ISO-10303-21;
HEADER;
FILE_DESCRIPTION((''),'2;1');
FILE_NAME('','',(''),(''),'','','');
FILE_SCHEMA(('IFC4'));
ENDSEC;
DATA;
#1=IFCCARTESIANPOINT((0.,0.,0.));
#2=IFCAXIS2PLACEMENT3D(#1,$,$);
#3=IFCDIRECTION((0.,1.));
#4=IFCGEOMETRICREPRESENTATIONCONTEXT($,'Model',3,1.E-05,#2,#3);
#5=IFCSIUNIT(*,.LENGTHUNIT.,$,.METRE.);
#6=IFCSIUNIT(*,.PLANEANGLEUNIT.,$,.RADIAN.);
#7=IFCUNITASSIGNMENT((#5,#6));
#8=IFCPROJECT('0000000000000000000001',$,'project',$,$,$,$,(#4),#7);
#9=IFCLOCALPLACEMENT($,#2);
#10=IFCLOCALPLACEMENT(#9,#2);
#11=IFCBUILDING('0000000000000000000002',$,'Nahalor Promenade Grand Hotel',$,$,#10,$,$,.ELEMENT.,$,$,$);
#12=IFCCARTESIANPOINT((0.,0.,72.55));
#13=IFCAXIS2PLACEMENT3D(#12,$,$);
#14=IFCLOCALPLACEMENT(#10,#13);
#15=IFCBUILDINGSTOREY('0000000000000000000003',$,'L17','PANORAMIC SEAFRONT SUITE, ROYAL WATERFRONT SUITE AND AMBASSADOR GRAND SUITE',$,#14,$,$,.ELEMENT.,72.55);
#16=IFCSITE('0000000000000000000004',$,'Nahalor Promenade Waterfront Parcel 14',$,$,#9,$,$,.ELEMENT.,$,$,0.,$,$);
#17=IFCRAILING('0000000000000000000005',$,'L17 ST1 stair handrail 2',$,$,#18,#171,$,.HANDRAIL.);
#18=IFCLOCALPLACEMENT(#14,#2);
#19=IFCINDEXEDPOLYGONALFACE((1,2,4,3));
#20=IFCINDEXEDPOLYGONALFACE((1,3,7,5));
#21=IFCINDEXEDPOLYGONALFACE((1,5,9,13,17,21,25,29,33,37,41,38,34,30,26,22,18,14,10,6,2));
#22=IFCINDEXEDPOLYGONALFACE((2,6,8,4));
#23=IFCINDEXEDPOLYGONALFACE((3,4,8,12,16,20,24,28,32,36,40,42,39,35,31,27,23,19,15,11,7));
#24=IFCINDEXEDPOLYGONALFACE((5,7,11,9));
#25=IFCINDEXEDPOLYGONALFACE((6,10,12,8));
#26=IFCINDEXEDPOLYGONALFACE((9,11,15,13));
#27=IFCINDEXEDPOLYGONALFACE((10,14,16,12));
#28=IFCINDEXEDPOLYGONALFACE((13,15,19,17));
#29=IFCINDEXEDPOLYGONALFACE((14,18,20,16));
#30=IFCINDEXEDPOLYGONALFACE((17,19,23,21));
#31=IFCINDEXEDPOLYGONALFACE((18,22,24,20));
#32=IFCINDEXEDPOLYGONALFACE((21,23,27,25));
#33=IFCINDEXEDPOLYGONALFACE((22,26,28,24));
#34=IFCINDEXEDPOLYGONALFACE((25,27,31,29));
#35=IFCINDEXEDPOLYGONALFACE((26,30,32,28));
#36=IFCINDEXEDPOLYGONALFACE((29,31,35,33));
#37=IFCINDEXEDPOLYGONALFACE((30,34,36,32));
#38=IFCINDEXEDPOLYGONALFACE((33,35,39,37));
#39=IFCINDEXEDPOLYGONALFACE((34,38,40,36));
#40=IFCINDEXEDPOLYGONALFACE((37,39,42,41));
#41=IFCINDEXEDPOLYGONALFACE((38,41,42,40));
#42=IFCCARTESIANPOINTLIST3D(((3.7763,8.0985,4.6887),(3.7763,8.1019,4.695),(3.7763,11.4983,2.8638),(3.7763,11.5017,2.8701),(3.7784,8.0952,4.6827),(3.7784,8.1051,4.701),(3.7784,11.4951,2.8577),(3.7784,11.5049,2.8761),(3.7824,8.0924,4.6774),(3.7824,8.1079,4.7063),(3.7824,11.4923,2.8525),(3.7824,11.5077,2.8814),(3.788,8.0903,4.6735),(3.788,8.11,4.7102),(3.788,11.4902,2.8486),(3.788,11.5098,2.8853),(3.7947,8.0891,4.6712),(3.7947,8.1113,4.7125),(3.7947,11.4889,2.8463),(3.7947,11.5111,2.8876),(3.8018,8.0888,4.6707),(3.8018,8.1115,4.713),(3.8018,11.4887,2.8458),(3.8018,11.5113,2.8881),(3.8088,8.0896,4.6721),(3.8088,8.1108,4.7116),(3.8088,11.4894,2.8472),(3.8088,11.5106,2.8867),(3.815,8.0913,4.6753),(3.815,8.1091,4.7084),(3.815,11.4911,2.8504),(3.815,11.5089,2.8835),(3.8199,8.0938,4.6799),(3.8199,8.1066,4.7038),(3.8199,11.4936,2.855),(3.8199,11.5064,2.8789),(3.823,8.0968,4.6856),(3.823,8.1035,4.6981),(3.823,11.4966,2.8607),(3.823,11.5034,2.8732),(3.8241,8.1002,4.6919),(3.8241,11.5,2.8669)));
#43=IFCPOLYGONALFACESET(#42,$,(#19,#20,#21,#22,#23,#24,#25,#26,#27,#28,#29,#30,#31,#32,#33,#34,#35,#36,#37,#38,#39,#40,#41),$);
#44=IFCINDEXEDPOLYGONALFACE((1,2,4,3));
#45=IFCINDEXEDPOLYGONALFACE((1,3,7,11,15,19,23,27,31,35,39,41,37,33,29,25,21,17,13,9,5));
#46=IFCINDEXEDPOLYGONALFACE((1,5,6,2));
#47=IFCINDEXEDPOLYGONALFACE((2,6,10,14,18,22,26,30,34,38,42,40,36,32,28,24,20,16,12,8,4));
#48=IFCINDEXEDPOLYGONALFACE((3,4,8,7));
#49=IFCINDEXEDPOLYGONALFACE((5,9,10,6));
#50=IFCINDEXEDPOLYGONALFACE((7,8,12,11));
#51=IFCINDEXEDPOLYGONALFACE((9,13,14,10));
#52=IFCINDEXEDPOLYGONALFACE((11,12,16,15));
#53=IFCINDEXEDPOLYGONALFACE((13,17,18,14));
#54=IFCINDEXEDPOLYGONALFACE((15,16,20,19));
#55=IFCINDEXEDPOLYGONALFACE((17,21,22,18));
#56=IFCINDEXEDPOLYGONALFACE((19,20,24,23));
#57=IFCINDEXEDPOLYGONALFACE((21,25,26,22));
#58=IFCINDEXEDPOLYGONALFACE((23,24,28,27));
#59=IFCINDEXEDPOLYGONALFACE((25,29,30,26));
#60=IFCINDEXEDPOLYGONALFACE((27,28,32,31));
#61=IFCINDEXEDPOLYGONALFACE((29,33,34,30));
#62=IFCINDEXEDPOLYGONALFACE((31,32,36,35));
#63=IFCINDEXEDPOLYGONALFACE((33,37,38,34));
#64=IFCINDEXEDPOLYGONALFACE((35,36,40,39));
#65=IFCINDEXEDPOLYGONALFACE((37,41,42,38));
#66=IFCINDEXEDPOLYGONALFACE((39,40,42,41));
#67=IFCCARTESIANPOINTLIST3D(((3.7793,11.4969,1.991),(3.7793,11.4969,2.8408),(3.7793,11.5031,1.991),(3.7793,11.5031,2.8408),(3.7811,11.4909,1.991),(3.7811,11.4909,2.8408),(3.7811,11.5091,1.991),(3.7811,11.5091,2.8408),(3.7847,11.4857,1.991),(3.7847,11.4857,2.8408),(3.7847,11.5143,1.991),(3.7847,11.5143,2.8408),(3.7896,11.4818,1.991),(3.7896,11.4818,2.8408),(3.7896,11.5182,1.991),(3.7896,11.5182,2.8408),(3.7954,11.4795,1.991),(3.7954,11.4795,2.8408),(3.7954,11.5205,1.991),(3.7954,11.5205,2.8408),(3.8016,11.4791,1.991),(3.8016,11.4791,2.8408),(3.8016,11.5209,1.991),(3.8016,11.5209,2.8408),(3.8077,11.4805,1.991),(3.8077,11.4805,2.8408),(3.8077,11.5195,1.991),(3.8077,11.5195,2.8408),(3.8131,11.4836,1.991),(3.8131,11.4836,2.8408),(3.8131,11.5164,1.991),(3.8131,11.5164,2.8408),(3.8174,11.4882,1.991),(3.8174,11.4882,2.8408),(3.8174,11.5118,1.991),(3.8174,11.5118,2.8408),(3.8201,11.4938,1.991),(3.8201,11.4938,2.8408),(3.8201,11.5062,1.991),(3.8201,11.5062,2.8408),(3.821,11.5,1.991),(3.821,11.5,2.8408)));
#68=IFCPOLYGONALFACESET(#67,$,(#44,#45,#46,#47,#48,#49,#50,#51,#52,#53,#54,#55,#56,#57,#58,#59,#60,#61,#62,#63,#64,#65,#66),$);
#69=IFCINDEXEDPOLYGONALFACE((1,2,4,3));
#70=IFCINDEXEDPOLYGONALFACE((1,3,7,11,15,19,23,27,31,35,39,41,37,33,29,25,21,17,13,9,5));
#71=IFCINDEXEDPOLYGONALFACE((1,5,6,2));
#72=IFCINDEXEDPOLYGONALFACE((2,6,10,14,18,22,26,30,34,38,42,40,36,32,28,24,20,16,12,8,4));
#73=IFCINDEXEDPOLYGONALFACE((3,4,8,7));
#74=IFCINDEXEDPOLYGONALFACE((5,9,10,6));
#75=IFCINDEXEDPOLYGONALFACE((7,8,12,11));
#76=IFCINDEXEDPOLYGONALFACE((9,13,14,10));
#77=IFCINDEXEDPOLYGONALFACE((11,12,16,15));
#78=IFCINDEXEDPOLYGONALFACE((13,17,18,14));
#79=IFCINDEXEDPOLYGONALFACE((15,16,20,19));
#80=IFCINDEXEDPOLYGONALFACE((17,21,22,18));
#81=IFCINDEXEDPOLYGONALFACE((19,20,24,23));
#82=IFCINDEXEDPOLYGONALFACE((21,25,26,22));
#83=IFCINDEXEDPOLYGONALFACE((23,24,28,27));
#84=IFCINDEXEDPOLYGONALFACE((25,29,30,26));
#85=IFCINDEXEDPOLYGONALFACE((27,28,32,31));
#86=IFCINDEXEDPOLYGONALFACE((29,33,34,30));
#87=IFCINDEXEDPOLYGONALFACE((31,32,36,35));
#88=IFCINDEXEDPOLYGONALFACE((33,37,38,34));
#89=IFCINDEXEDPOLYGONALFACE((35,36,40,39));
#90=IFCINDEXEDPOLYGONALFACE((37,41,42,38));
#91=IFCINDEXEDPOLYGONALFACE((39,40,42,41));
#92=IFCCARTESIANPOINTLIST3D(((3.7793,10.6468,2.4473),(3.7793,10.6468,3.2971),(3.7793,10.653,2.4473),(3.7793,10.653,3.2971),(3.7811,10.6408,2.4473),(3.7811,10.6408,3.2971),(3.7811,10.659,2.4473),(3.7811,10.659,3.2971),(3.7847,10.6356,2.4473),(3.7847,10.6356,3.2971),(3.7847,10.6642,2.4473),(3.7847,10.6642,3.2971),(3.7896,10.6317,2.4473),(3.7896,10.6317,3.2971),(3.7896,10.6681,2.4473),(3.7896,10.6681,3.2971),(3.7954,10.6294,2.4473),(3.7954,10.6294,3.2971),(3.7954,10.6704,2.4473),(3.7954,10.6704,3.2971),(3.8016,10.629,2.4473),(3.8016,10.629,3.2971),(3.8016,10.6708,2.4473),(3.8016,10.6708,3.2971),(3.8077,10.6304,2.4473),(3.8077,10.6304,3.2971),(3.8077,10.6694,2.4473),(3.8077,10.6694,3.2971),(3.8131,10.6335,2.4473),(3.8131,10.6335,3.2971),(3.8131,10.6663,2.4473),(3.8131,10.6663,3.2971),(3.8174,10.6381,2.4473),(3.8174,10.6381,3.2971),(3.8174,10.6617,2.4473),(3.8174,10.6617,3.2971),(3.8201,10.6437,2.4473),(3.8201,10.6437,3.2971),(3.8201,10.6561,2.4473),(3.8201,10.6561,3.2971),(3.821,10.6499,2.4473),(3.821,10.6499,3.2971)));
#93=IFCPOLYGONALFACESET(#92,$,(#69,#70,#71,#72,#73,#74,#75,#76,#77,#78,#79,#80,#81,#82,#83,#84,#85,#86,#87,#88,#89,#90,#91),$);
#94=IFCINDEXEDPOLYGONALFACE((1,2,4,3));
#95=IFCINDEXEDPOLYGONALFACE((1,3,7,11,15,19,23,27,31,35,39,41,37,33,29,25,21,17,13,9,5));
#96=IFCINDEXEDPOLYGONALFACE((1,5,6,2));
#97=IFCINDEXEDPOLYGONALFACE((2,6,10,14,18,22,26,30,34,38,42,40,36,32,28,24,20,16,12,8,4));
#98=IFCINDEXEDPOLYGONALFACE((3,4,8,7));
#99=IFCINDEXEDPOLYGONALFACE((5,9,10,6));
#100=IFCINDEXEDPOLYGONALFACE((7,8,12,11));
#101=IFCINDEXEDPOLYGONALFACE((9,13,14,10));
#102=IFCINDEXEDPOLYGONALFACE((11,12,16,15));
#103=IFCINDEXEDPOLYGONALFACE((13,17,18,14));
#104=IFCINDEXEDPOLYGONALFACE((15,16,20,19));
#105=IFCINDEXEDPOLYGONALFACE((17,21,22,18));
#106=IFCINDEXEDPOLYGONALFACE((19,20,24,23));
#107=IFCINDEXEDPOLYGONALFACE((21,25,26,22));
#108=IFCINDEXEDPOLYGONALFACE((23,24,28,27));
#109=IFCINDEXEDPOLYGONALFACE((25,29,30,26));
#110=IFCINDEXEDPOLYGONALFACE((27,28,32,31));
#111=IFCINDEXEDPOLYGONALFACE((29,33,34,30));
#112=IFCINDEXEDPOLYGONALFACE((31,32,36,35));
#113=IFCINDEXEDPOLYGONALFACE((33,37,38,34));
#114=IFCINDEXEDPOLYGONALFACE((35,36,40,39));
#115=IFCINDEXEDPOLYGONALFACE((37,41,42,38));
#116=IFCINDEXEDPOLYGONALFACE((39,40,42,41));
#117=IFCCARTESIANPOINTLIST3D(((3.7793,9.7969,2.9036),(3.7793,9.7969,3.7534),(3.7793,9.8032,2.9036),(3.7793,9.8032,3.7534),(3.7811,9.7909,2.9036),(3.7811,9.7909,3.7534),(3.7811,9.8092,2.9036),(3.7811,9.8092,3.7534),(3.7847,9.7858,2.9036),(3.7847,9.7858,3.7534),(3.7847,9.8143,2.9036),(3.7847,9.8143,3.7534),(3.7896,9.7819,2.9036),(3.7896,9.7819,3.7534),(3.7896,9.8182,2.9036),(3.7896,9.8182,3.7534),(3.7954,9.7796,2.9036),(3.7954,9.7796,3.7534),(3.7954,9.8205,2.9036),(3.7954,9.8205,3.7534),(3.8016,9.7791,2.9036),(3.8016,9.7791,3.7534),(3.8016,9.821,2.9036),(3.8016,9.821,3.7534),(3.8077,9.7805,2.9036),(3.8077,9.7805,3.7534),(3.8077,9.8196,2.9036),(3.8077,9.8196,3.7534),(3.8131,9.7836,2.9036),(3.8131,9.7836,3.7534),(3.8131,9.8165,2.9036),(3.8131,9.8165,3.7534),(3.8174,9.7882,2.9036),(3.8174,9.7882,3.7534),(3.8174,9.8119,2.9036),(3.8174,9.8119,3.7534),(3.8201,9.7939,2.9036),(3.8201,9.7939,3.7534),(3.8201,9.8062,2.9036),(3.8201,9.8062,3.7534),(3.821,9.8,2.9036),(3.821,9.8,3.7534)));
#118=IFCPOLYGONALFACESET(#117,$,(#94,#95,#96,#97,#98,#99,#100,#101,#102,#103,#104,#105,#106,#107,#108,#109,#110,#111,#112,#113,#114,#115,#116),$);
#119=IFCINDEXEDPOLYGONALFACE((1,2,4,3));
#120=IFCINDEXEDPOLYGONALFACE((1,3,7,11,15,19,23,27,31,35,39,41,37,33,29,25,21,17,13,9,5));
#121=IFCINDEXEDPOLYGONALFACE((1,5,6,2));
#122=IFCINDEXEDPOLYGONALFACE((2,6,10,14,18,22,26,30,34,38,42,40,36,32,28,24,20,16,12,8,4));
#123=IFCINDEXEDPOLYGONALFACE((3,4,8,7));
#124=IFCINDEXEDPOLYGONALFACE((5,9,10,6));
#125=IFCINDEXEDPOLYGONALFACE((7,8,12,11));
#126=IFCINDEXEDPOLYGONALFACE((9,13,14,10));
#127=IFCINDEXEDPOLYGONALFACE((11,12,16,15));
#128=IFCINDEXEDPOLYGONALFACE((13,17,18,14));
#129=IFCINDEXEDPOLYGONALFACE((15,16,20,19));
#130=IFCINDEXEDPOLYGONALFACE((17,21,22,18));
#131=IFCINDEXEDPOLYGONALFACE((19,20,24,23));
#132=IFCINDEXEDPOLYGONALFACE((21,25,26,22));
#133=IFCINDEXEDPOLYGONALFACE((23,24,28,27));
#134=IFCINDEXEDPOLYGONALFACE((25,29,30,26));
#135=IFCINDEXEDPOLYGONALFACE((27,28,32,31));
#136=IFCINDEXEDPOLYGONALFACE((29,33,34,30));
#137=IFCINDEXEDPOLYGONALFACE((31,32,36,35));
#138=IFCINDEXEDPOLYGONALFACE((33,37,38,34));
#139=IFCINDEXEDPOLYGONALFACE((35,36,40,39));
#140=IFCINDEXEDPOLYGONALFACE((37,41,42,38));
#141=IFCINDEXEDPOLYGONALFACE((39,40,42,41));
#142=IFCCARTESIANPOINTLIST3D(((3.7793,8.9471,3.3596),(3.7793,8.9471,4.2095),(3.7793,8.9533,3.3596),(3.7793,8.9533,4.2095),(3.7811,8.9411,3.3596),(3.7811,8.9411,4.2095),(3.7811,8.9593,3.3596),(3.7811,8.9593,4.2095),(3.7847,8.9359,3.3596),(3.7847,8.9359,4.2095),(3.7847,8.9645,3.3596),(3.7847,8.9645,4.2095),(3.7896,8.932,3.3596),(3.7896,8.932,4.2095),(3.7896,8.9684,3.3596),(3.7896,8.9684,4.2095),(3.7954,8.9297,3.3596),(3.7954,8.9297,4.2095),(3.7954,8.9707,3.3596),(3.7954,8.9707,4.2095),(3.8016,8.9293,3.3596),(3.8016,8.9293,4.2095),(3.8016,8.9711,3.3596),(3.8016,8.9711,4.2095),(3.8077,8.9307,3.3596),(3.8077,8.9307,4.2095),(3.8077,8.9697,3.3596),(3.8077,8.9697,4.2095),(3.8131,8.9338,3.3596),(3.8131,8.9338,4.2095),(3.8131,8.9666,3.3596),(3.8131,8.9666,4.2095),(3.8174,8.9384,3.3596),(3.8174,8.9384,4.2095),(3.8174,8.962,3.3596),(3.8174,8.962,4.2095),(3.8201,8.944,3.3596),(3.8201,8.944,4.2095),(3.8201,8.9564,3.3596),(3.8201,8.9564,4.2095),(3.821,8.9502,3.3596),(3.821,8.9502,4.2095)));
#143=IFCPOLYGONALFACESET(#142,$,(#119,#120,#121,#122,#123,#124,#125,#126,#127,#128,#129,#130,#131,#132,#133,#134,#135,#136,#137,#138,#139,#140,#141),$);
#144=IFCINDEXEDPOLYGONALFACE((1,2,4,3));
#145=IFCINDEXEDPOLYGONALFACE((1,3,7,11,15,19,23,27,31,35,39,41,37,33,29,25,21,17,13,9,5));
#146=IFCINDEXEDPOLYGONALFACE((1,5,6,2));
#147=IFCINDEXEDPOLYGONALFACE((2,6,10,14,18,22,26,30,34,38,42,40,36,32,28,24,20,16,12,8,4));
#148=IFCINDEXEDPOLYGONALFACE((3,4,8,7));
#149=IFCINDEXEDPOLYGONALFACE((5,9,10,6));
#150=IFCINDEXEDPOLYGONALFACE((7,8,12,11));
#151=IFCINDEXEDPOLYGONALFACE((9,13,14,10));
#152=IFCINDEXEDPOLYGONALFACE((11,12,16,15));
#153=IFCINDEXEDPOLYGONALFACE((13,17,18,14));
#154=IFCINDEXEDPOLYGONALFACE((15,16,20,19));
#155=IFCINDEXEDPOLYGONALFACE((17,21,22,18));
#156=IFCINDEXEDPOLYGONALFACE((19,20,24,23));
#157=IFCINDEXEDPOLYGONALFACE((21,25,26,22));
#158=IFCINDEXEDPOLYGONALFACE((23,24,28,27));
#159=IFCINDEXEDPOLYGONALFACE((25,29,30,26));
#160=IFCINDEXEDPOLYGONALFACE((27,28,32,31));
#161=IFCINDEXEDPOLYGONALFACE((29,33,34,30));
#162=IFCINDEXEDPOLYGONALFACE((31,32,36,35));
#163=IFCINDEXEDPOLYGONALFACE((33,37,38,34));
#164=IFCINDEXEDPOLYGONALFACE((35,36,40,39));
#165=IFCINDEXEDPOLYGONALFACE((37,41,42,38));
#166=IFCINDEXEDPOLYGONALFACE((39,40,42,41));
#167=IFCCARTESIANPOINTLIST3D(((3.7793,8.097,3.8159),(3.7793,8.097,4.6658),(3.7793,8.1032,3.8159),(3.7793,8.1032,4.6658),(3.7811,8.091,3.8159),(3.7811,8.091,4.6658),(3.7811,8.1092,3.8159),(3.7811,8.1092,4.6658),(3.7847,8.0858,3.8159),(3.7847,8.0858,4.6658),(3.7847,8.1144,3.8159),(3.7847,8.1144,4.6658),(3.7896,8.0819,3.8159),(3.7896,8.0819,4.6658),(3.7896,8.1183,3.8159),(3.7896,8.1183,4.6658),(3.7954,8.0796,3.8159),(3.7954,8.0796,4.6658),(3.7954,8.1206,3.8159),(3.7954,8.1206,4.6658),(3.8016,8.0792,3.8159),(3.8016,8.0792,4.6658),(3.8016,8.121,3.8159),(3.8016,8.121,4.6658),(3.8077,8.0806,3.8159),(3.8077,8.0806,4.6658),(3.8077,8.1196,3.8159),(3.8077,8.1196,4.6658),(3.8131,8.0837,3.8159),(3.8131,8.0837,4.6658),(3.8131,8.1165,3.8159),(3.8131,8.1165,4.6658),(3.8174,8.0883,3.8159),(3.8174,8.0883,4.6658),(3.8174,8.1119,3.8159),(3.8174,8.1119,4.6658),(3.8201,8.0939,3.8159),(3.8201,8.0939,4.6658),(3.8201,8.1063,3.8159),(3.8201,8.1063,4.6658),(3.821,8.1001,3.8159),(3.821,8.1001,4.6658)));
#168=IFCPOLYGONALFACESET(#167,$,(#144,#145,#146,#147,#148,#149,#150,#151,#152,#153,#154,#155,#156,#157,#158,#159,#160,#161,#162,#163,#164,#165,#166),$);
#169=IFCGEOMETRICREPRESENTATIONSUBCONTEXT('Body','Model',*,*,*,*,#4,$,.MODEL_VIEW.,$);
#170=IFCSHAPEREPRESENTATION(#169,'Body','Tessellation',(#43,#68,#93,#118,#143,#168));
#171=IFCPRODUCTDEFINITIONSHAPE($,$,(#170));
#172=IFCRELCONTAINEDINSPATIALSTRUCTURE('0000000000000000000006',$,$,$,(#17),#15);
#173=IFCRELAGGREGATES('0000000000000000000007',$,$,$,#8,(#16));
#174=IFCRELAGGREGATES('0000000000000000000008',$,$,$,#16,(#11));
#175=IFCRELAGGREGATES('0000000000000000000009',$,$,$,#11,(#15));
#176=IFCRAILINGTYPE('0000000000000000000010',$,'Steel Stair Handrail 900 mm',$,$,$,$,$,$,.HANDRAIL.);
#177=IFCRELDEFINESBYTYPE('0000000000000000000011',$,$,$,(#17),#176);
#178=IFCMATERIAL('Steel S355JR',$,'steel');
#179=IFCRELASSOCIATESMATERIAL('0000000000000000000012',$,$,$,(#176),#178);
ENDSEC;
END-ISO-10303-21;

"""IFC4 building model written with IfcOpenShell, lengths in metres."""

from ifc_helpers import new_model, si_unit, direction, frame, origin, origin_2d, place, context, subcontext, project, spatial, circle, extrude, material, type_object, element, save


model = new_model("IFC4")

# Units and contexts
model_context = context("Model", 3, precision=1e-05, world=origin(), true_north=direction((0.0, 1.0)))
body_context = subcontext(model_context, "Body", "Model", "MODEL_VIEW")
ifc_project = project(units=[si_unit("LENGTHUNIT", "METRE"), si_unit("PLANEANGLEUNIT", "RADIAN")], contexts=[model_context])

# Site, building, storey
site_placement = place(None, origin())
site = spatial("IfcSite", under=ifc_project, at=site_placement, Name="Nahalor Promenade Waterfront Parcel 14", CompositionType="ELEMENT", RefElevation=0.0)
building_placement = place(site_placement, origin())
building = spatial("IfcBuilding", under=site, at=building_placement, Name="Nahalor Promenade Grand Hotel", CompositionType="ELEMENT")
storey_placement = place(building_placement, frame((0.0, 0.0, 72.55)))
storey = spatial("IfcBuildingStorey", under=building, at=storey_placement, Name="L17", Description="PANORAMIC SEAFRONT SUITE, ROYAL WATERFRONT SUITE AND AMBASSADOR GRAND SUITE", CompositionType="ELEMENT", Elevation=72.55)

# Shared definitions
ifc_material_1 = material(Name="Steel S355JR", Category="steel")

# Railing
railing_type = type_object("IfcRailingType", Name="Steel Stair Handrail 900 mm", PredefinedType="HANDRAIL", material=ifc_material_1)
railing_placement = place(storey_placement, frame((3.8, 11.5, 1.991)))
element("IfcRailing", 1, at=railing_placement, inside=storey, type_object=railing_type, Name="L17 ST1 stair handrail 2", PredefinedType="HANDRAIL", context=body_context, shape_type="SweptSolid", body=[
    extrude(circle(Radius=0.024, at=origin_2d()), frame((0.0, 0.0, 0.876), z_axis=(0.0, -0.881094, 0.472941), x_axis=(1.0, 0.0, 0.0)), (0.0, 0.0, 1.0), 3.8586),
    extrude(circle(Radius=0.021, at=origin_2d()), origin(), (0.0, 0.0, 1.0), 0.8499),
    extrude(circle(Radius=0.021, at=origin_2d()), frame((0.0, -0.8501, 0.4563)), (0.0, 0.0, 1.0), 0.8499),
    extrude(circle(Radius=0.021, at=origin_2d()), frame((0.0, -1.7, 0.9126)), (0.0, 0.0, 1.0), 0.8499),
    extrude(circle(Radius=0.021, at=origin_2d()), frame((0.0, -2.5498, 1.3687)), (0.0, 0.0, 1.0), 0.8499),
    extrude(circle(Radius=0.021, at=origin_2d()), frame((0.0, -3.3999, 1.825)), (0.0, 0.0, 1.0), 0.8499),
])

save(model, "model.ifc")
